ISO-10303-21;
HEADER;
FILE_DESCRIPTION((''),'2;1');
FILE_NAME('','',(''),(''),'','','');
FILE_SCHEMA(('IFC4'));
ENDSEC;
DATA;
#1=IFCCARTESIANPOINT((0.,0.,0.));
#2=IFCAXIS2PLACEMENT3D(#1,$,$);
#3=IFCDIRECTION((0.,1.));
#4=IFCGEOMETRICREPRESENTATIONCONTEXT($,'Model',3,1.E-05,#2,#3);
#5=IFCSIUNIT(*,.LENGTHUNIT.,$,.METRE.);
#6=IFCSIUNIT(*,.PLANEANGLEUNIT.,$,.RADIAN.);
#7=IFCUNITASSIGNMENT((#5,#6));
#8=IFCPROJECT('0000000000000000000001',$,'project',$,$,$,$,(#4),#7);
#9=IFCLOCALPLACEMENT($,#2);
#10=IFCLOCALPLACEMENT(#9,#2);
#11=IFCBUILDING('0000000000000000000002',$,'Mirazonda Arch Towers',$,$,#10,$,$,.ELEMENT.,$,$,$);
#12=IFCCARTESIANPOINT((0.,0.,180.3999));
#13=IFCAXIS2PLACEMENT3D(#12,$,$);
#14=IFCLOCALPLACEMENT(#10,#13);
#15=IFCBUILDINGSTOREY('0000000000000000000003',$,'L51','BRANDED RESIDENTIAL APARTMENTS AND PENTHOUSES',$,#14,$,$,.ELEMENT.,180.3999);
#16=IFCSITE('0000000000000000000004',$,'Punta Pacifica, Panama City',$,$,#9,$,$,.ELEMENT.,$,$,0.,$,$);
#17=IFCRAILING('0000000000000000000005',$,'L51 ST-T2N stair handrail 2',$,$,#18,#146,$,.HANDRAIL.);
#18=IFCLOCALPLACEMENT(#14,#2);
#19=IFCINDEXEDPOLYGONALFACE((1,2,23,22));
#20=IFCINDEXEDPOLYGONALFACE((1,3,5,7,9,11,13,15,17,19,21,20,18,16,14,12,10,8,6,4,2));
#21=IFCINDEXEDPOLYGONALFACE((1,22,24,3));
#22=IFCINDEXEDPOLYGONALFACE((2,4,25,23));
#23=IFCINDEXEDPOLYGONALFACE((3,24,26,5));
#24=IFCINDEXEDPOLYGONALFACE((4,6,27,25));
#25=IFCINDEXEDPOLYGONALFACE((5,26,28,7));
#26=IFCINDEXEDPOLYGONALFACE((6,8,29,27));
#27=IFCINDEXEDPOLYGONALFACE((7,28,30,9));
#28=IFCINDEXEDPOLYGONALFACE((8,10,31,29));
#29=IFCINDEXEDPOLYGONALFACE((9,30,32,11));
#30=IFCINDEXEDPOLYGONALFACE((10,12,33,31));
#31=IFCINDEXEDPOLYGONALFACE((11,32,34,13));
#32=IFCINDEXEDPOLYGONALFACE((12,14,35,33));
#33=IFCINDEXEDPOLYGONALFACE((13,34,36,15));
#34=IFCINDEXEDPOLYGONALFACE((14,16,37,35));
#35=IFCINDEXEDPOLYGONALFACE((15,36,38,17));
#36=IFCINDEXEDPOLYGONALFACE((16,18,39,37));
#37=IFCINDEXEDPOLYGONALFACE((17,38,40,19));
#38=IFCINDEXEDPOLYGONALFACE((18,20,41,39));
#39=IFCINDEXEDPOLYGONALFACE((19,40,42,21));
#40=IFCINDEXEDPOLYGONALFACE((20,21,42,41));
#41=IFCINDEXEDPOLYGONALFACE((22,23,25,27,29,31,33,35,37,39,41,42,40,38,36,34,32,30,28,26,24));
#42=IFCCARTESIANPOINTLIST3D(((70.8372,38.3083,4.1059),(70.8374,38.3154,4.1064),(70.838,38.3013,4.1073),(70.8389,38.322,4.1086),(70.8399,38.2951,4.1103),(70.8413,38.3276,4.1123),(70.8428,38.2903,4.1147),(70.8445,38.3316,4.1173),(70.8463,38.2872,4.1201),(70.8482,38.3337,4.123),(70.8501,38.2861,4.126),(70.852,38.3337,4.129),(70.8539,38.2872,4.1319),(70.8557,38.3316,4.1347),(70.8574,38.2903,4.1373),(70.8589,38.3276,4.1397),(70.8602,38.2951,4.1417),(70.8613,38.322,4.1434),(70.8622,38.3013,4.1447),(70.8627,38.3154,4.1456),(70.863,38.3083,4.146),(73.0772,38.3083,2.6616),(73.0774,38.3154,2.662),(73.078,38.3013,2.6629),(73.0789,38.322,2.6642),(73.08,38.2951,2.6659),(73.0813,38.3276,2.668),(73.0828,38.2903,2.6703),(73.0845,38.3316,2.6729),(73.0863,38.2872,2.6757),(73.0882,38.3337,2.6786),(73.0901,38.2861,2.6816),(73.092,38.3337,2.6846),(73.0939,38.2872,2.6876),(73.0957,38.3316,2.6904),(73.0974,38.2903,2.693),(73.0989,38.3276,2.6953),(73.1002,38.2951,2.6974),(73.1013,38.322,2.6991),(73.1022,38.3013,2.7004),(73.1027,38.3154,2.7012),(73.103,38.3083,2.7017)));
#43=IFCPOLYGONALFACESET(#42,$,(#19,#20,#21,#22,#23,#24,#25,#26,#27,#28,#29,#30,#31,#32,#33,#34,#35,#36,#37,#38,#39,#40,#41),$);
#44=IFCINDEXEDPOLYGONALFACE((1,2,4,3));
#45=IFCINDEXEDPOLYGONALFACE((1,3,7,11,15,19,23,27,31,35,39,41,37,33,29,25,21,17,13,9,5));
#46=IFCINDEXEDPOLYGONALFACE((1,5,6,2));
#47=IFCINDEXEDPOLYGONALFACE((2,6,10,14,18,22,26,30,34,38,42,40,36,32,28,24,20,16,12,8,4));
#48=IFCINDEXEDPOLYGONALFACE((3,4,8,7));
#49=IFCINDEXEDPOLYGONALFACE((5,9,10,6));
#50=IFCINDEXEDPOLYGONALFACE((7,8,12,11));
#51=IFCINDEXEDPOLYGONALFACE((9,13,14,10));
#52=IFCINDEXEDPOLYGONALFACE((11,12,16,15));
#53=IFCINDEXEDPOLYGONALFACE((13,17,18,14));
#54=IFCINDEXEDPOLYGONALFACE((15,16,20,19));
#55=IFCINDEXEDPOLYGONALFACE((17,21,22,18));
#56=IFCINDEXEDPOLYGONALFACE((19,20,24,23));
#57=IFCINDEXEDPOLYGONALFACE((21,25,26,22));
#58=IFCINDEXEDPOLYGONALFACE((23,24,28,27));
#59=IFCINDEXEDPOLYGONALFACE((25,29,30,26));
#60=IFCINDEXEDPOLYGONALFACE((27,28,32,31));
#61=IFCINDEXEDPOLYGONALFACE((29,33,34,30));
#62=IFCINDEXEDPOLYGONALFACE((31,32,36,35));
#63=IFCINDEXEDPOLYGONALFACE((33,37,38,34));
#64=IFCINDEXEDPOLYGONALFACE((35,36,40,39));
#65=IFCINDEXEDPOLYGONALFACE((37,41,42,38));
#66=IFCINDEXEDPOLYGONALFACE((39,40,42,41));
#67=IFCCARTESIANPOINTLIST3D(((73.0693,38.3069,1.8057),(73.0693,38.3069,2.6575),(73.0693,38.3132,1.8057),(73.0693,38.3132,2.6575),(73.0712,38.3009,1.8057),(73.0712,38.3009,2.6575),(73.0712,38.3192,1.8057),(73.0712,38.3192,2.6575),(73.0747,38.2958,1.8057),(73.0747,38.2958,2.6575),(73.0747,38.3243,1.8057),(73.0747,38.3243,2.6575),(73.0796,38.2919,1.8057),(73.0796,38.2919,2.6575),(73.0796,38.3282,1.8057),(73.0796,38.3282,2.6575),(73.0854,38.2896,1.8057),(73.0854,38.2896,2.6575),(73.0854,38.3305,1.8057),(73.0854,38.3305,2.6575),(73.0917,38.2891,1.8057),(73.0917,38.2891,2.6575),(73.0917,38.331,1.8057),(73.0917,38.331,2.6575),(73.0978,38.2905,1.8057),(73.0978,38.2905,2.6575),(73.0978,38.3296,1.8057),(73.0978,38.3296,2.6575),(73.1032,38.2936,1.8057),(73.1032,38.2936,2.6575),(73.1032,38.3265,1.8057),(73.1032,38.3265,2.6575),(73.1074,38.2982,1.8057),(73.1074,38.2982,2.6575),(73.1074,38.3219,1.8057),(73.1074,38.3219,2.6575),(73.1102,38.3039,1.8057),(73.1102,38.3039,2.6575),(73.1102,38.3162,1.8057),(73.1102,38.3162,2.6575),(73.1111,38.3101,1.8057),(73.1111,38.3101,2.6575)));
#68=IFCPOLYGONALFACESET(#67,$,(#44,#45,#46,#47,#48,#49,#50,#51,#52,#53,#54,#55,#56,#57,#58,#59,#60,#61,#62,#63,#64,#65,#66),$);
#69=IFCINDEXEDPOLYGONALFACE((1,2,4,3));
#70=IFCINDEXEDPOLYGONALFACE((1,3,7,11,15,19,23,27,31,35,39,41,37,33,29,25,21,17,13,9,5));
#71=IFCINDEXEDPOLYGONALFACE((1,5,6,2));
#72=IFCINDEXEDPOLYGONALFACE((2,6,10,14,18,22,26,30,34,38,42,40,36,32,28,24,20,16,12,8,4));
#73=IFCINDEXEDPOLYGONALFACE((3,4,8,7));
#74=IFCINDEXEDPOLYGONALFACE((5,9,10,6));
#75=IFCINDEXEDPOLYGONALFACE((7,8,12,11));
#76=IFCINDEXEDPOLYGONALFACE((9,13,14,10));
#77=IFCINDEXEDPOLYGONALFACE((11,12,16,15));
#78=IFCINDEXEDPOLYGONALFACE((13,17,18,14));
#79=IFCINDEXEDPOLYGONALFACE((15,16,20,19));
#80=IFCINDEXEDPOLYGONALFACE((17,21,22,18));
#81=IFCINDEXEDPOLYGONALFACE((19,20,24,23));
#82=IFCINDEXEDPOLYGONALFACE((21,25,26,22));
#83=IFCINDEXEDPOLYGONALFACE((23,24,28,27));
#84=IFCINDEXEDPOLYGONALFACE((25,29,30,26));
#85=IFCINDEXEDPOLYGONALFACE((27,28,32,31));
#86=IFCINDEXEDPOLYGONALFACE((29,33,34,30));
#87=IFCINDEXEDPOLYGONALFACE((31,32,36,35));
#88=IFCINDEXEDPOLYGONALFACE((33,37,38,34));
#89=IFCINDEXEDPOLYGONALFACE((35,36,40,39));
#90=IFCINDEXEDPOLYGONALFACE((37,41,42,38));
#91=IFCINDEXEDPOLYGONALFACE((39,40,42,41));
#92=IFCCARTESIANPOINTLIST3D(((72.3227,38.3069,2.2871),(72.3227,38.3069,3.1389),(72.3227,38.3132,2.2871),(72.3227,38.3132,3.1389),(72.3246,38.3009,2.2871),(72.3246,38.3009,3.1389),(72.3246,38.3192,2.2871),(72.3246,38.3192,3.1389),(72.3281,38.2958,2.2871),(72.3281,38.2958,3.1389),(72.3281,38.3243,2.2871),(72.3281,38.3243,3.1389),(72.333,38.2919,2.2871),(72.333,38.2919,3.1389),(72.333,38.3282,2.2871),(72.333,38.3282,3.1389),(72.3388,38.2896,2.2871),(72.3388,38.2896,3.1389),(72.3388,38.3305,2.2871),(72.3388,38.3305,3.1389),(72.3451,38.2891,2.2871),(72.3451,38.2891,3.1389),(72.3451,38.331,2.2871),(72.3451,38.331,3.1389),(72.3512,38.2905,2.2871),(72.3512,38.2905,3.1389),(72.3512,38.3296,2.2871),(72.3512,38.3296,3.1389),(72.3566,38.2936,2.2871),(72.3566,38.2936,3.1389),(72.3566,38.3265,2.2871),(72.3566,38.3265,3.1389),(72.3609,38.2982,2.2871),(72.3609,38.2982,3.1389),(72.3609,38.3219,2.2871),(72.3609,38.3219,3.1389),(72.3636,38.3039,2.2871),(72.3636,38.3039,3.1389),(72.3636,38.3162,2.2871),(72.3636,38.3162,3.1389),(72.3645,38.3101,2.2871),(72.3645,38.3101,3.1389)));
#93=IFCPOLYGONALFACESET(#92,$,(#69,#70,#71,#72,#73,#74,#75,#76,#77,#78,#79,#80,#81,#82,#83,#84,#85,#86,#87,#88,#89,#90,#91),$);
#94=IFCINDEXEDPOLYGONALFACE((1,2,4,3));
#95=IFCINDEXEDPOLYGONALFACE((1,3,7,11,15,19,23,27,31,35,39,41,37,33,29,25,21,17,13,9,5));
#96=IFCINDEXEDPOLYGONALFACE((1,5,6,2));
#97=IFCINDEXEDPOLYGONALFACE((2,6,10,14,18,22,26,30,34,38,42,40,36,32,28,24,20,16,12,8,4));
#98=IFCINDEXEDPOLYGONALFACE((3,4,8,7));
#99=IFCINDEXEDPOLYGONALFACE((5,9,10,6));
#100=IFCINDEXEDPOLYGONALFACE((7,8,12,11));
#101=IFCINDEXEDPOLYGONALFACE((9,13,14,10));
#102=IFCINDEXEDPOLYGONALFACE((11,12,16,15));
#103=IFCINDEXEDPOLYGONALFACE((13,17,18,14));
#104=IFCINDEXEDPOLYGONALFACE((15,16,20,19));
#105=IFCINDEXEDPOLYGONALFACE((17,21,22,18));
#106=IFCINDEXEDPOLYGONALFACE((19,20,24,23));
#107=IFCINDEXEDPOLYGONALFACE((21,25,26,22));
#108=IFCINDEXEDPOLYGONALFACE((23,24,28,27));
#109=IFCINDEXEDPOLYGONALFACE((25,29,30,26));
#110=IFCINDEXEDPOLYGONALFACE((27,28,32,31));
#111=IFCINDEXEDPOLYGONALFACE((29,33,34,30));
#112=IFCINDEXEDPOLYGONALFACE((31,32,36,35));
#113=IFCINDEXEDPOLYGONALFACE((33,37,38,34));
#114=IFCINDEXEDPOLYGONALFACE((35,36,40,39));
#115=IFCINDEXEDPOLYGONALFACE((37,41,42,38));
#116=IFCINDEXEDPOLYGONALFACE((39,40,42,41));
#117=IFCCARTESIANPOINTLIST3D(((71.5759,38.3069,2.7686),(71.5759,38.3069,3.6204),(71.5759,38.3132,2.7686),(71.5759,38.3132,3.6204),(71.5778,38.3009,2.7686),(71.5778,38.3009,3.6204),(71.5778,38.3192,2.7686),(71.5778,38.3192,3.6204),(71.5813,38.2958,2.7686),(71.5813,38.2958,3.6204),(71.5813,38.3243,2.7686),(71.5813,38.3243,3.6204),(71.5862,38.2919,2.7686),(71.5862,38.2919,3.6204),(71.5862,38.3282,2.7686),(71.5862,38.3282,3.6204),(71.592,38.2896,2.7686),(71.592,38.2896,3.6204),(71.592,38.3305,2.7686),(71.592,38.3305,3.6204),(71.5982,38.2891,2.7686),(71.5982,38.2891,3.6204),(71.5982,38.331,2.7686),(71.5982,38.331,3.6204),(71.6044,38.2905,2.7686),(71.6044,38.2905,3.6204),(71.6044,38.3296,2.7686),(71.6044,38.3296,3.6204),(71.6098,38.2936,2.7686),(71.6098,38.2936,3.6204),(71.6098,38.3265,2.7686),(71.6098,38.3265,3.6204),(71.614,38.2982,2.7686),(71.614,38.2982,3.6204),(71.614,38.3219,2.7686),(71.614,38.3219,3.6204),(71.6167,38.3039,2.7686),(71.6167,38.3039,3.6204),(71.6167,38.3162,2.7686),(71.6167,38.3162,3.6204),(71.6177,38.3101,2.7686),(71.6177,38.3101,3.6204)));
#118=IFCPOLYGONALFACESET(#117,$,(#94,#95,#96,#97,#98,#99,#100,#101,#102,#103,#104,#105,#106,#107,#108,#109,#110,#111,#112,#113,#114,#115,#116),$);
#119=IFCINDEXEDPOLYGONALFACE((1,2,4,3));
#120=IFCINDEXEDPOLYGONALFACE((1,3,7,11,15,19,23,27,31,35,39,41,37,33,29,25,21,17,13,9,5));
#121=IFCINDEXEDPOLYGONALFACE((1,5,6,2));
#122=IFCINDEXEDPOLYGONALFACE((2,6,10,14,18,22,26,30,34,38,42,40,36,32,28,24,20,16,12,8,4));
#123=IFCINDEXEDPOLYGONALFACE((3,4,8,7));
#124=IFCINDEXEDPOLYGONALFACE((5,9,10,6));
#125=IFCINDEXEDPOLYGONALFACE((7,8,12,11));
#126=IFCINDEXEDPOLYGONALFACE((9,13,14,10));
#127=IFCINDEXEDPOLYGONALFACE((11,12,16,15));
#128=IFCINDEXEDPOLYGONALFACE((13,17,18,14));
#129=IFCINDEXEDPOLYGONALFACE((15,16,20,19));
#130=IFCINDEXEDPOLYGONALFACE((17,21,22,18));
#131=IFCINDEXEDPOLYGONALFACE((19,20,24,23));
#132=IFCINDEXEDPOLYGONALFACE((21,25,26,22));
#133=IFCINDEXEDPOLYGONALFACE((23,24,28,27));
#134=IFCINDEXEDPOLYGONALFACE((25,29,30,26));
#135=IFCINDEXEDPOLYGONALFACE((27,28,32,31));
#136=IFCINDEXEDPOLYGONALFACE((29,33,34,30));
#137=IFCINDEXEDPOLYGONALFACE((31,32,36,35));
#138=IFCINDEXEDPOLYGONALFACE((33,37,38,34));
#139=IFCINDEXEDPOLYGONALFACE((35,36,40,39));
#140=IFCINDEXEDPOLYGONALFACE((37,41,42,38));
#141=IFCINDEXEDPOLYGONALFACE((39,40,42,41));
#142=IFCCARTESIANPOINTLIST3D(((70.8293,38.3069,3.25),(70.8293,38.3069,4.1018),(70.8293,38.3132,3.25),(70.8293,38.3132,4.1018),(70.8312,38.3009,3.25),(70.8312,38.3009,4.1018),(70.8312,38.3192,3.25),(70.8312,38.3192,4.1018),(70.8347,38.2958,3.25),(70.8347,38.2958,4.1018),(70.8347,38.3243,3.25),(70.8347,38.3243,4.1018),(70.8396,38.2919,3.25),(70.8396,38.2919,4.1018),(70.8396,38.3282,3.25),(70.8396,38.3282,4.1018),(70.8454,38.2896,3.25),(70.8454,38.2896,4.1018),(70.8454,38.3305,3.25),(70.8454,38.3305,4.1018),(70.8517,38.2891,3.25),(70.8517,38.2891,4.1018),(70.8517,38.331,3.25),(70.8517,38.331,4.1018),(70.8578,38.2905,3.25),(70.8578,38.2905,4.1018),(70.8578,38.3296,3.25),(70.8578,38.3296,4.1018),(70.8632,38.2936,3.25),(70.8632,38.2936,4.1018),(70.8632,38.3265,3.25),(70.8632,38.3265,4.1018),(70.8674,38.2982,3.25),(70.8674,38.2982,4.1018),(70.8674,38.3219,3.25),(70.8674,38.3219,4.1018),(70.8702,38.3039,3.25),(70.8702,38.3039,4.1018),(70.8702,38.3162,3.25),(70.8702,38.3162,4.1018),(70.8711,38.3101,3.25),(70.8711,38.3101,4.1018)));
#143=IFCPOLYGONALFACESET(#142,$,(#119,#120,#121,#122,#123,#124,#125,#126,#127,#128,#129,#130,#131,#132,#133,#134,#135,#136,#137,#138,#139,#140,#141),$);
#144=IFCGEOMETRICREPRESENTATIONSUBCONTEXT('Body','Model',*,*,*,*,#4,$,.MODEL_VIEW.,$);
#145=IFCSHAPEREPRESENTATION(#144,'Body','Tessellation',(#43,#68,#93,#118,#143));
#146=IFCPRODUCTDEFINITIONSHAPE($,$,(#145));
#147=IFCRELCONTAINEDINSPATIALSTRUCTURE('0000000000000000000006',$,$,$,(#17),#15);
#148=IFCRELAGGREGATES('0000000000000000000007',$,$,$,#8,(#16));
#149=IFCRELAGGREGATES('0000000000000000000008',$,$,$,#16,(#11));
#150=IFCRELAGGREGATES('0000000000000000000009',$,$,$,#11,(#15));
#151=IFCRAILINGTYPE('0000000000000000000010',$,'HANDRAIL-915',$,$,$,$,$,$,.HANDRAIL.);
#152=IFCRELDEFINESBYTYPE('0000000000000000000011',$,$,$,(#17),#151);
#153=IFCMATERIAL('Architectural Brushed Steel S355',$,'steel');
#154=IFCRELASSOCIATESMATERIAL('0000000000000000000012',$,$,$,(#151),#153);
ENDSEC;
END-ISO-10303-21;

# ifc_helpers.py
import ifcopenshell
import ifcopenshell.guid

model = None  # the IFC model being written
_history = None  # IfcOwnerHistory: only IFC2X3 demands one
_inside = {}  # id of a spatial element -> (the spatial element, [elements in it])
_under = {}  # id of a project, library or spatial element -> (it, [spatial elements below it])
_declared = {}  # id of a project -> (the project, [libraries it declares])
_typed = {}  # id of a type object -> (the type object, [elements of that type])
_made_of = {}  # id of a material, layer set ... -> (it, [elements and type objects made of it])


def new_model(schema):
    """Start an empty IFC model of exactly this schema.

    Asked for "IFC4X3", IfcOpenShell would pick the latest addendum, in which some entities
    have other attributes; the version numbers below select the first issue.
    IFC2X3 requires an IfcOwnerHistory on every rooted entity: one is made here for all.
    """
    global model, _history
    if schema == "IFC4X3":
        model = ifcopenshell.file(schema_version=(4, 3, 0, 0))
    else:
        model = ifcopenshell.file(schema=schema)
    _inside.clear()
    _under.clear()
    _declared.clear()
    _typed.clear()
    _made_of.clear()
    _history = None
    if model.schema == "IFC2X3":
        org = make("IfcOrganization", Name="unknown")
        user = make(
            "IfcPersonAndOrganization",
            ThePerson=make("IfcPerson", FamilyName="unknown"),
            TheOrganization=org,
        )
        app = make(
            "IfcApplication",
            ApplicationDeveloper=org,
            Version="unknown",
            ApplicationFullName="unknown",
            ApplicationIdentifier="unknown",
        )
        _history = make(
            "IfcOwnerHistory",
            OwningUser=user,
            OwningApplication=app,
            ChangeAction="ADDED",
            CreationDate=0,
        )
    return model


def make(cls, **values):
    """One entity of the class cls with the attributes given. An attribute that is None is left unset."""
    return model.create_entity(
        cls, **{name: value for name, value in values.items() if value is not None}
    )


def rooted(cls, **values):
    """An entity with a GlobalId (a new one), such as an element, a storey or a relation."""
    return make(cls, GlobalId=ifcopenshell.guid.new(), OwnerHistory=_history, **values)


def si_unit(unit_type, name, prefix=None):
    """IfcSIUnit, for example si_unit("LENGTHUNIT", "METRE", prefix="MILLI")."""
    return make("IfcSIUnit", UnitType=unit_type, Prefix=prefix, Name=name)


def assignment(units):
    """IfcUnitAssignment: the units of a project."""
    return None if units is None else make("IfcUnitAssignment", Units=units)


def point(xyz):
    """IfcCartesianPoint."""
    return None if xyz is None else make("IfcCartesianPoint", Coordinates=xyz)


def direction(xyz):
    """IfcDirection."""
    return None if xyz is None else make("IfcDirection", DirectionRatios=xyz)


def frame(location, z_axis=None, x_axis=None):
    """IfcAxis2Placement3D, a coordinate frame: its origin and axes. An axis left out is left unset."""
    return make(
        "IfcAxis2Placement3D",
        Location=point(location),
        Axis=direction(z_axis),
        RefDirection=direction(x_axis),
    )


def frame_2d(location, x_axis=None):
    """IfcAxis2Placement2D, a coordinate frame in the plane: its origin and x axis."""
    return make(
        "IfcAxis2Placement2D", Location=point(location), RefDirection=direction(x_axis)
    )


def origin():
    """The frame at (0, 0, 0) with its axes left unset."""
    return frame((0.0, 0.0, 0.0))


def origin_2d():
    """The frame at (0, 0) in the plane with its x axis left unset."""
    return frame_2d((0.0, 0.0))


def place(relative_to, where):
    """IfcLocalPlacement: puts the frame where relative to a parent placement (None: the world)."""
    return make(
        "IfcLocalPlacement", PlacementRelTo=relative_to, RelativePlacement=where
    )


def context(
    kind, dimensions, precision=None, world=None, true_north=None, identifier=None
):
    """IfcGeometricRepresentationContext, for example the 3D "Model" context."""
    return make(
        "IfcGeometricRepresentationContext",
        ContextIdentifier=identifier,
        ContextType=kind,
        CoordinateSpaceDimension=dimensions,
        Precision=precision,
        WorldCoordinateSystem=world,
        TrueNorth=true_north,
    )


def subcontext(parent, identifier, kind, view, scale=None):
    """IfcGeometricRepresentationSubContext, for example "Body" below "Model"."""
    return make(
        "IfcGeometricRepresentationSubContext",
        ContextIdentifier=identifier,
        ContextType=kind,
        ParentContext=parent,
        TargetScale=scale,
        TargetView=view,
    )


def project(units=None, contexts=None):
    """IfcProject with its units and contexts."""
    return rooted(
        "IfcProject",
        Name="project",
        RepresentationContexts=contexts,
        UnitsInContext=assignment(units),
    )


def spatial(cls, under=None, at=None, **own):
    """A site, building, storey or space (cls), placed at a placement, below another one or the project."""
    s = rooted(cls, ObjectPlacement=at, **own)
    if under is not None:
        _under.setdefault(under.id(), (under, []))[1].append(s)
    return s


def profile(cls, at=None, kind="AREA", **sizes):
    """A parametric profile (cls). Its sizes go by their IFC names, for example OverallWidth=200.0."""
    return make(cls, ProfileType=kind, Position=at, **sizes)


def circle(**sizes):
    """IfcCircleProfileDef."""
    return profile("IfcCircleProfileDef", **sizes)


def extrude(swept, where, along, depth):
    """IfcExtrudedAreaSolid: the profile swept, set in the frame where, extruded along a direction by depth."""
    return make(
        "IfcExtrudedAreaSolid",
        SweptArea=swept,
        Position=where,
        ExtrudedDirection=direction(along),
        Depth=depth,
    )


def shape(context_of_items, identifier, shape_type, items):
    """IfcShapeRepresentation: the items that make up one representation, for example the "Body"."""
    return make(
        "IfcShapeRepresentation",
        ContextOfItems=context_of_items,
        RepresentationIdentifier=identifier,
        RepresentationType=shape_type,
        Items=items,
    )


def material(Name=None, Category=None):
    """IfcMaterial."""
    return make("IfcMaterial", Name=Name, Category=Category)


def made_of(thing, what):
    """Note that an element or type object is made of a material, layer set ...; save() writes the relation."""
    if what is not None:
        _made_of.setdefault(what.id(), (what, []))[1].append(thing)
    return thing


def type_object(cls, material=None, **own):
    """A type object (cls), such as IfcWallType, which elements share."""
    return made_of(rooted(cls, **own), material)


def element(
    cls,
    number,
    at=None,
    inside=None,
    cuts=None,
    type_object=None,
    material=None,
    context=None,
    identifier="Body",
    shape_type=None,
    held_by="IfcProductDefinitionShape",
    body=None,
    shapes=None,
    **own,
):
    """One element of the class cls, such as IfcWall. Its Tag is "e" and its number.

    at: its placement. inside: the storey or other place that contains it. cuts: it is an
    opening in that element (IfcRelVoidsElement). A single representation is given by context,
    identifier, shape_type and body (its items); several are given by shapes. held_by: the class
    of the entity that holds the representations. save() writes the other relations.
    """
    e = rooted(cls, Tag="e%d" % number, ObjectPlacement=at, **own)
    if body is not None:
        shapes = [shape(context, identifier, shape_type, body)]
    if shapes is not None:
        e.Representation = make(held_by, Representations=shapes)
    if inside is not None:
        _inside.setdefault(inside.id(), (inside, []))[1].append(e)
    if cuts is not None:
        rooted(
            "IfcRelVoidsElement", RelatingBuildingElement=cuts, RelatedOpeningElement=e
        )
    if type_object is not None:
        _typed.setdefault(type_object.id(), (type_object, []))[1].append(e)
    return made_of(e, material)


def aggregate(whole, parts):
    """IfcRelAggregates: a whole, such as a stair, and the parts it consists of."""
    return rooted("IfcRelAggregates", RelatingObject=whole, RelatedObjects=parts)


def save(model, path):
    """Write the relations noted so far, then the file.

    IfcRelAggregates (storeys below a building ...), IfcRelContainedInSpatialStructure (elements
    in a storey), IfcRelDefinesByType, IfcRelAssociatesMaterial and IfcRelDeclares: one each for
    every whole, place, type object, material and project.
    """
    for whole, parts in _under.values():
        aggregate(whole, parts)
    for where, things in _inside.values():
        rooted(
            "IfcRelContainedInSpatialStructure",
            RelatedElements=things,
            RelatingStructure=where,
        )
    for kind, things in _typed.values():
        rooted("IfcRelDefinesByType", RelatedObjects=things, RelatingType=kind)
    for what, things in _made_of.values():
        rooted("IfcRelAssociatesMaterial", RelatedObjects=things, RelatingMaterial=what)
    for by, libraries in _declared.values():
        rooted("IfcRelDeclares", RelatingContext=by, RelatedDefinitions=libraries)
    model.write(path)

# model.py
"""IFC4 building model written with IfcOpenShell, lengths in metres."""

from ifc_helpers import new_model, si_unit, direction, frame, origin, origin_2d, place, context, subcontext, project, spatial, circle, extrude, material, type_object, element, save


model = new_model("IFC4")

# Units and contexts
model_context = context("Model", 3, precision=1e-05, world=origin(), true_north=direction((0.0, 1.0)))
body_context = subcontext(model_context, "Body", "Model", "MODEL_VIEW")
ifc_project = project(units=[si_unit("LENGTHUNIT", "METRE"), si_unit("PLANEANGLEUNIT", "RADIAN")], contexts=[model_context])

# Site, building, storey
site_placement = place(None, origin())
site = spatial("IfcSite", under=ifc_project, at=site_placement, Name="Punta Pacifica, Panama City", CompositionType="ELEMENT", RefElevation=0.0)
building_placement = place(site_placement, origin())
building = spatial("IfcBuilding", under=site, at=building_placement, Name="Mirazonda Arch Towers", CompositionType="ELEMENT")
storey_placement = place(building_placement, frame((0.0, 0.0, 180.3999)))
storey = spatial("IfcBuildingStorey", under=building, at=storey_placement, Name="L51", Description="BRANDED RESIDENTIAL APARTMENTS AND PENTHOUSES", CompositionType="ELEMENT", Elevation=180.3999)

# Shared definitions
ifc_material_1 = material(Name="Architectural Brushed Steel S355", Category="steel")

# Railing
railing_type_1 = type_object("IfcRailingType", Name="HANDRAIL-915", PredefinedType="HANDRAIL", material=ifc_material_1)
railing_1_placement = place(storey_placement, frame((73.0901, 38.3101, 1.8057)))
element("IfcRailing", 1, at=railing_1_placement, inside=storey, type_object=railing_type_1, Name="L51 ST-T2N stair handrail 2", PredefinedType="HANDRAIL", context=body_context, shape_type="SweptSolid", body=[
    extrude(circle(Radius=0.0239, at=origin_2d()), frame((0.0, 0.0, 0.876), z_axis=(-0.840437, 0.0, 0.54191), x_axis=(0.0, -1.0, 0.0)), (0.0, 0.0, 1.0), 2.6653),
    extrude(circle(Radius=0.021, at=origin_2d()), origin(), (0.0, 0.0, 1.0), 0.8518),
    extrude(circle(Radius=0.021, at=origin_2d()), frame((-0.7466, 0.0, 0.4814)), (0.0, 0.0, 1.0), 0.8518),
    extrude(circle(Radius=0.021, at=origin_2d()), frame((-1.4934, 0.0, 0.9629)), (0.0, 0.0, 1.0), 0.8518),
    extrude(circle(Radius=0.021, at=origin_2d()), frame((-2.24, 0.0, 1.4443)), (0.0, 0.0, 1.0), 0.8518),
])

save(model, "model.ifc")
